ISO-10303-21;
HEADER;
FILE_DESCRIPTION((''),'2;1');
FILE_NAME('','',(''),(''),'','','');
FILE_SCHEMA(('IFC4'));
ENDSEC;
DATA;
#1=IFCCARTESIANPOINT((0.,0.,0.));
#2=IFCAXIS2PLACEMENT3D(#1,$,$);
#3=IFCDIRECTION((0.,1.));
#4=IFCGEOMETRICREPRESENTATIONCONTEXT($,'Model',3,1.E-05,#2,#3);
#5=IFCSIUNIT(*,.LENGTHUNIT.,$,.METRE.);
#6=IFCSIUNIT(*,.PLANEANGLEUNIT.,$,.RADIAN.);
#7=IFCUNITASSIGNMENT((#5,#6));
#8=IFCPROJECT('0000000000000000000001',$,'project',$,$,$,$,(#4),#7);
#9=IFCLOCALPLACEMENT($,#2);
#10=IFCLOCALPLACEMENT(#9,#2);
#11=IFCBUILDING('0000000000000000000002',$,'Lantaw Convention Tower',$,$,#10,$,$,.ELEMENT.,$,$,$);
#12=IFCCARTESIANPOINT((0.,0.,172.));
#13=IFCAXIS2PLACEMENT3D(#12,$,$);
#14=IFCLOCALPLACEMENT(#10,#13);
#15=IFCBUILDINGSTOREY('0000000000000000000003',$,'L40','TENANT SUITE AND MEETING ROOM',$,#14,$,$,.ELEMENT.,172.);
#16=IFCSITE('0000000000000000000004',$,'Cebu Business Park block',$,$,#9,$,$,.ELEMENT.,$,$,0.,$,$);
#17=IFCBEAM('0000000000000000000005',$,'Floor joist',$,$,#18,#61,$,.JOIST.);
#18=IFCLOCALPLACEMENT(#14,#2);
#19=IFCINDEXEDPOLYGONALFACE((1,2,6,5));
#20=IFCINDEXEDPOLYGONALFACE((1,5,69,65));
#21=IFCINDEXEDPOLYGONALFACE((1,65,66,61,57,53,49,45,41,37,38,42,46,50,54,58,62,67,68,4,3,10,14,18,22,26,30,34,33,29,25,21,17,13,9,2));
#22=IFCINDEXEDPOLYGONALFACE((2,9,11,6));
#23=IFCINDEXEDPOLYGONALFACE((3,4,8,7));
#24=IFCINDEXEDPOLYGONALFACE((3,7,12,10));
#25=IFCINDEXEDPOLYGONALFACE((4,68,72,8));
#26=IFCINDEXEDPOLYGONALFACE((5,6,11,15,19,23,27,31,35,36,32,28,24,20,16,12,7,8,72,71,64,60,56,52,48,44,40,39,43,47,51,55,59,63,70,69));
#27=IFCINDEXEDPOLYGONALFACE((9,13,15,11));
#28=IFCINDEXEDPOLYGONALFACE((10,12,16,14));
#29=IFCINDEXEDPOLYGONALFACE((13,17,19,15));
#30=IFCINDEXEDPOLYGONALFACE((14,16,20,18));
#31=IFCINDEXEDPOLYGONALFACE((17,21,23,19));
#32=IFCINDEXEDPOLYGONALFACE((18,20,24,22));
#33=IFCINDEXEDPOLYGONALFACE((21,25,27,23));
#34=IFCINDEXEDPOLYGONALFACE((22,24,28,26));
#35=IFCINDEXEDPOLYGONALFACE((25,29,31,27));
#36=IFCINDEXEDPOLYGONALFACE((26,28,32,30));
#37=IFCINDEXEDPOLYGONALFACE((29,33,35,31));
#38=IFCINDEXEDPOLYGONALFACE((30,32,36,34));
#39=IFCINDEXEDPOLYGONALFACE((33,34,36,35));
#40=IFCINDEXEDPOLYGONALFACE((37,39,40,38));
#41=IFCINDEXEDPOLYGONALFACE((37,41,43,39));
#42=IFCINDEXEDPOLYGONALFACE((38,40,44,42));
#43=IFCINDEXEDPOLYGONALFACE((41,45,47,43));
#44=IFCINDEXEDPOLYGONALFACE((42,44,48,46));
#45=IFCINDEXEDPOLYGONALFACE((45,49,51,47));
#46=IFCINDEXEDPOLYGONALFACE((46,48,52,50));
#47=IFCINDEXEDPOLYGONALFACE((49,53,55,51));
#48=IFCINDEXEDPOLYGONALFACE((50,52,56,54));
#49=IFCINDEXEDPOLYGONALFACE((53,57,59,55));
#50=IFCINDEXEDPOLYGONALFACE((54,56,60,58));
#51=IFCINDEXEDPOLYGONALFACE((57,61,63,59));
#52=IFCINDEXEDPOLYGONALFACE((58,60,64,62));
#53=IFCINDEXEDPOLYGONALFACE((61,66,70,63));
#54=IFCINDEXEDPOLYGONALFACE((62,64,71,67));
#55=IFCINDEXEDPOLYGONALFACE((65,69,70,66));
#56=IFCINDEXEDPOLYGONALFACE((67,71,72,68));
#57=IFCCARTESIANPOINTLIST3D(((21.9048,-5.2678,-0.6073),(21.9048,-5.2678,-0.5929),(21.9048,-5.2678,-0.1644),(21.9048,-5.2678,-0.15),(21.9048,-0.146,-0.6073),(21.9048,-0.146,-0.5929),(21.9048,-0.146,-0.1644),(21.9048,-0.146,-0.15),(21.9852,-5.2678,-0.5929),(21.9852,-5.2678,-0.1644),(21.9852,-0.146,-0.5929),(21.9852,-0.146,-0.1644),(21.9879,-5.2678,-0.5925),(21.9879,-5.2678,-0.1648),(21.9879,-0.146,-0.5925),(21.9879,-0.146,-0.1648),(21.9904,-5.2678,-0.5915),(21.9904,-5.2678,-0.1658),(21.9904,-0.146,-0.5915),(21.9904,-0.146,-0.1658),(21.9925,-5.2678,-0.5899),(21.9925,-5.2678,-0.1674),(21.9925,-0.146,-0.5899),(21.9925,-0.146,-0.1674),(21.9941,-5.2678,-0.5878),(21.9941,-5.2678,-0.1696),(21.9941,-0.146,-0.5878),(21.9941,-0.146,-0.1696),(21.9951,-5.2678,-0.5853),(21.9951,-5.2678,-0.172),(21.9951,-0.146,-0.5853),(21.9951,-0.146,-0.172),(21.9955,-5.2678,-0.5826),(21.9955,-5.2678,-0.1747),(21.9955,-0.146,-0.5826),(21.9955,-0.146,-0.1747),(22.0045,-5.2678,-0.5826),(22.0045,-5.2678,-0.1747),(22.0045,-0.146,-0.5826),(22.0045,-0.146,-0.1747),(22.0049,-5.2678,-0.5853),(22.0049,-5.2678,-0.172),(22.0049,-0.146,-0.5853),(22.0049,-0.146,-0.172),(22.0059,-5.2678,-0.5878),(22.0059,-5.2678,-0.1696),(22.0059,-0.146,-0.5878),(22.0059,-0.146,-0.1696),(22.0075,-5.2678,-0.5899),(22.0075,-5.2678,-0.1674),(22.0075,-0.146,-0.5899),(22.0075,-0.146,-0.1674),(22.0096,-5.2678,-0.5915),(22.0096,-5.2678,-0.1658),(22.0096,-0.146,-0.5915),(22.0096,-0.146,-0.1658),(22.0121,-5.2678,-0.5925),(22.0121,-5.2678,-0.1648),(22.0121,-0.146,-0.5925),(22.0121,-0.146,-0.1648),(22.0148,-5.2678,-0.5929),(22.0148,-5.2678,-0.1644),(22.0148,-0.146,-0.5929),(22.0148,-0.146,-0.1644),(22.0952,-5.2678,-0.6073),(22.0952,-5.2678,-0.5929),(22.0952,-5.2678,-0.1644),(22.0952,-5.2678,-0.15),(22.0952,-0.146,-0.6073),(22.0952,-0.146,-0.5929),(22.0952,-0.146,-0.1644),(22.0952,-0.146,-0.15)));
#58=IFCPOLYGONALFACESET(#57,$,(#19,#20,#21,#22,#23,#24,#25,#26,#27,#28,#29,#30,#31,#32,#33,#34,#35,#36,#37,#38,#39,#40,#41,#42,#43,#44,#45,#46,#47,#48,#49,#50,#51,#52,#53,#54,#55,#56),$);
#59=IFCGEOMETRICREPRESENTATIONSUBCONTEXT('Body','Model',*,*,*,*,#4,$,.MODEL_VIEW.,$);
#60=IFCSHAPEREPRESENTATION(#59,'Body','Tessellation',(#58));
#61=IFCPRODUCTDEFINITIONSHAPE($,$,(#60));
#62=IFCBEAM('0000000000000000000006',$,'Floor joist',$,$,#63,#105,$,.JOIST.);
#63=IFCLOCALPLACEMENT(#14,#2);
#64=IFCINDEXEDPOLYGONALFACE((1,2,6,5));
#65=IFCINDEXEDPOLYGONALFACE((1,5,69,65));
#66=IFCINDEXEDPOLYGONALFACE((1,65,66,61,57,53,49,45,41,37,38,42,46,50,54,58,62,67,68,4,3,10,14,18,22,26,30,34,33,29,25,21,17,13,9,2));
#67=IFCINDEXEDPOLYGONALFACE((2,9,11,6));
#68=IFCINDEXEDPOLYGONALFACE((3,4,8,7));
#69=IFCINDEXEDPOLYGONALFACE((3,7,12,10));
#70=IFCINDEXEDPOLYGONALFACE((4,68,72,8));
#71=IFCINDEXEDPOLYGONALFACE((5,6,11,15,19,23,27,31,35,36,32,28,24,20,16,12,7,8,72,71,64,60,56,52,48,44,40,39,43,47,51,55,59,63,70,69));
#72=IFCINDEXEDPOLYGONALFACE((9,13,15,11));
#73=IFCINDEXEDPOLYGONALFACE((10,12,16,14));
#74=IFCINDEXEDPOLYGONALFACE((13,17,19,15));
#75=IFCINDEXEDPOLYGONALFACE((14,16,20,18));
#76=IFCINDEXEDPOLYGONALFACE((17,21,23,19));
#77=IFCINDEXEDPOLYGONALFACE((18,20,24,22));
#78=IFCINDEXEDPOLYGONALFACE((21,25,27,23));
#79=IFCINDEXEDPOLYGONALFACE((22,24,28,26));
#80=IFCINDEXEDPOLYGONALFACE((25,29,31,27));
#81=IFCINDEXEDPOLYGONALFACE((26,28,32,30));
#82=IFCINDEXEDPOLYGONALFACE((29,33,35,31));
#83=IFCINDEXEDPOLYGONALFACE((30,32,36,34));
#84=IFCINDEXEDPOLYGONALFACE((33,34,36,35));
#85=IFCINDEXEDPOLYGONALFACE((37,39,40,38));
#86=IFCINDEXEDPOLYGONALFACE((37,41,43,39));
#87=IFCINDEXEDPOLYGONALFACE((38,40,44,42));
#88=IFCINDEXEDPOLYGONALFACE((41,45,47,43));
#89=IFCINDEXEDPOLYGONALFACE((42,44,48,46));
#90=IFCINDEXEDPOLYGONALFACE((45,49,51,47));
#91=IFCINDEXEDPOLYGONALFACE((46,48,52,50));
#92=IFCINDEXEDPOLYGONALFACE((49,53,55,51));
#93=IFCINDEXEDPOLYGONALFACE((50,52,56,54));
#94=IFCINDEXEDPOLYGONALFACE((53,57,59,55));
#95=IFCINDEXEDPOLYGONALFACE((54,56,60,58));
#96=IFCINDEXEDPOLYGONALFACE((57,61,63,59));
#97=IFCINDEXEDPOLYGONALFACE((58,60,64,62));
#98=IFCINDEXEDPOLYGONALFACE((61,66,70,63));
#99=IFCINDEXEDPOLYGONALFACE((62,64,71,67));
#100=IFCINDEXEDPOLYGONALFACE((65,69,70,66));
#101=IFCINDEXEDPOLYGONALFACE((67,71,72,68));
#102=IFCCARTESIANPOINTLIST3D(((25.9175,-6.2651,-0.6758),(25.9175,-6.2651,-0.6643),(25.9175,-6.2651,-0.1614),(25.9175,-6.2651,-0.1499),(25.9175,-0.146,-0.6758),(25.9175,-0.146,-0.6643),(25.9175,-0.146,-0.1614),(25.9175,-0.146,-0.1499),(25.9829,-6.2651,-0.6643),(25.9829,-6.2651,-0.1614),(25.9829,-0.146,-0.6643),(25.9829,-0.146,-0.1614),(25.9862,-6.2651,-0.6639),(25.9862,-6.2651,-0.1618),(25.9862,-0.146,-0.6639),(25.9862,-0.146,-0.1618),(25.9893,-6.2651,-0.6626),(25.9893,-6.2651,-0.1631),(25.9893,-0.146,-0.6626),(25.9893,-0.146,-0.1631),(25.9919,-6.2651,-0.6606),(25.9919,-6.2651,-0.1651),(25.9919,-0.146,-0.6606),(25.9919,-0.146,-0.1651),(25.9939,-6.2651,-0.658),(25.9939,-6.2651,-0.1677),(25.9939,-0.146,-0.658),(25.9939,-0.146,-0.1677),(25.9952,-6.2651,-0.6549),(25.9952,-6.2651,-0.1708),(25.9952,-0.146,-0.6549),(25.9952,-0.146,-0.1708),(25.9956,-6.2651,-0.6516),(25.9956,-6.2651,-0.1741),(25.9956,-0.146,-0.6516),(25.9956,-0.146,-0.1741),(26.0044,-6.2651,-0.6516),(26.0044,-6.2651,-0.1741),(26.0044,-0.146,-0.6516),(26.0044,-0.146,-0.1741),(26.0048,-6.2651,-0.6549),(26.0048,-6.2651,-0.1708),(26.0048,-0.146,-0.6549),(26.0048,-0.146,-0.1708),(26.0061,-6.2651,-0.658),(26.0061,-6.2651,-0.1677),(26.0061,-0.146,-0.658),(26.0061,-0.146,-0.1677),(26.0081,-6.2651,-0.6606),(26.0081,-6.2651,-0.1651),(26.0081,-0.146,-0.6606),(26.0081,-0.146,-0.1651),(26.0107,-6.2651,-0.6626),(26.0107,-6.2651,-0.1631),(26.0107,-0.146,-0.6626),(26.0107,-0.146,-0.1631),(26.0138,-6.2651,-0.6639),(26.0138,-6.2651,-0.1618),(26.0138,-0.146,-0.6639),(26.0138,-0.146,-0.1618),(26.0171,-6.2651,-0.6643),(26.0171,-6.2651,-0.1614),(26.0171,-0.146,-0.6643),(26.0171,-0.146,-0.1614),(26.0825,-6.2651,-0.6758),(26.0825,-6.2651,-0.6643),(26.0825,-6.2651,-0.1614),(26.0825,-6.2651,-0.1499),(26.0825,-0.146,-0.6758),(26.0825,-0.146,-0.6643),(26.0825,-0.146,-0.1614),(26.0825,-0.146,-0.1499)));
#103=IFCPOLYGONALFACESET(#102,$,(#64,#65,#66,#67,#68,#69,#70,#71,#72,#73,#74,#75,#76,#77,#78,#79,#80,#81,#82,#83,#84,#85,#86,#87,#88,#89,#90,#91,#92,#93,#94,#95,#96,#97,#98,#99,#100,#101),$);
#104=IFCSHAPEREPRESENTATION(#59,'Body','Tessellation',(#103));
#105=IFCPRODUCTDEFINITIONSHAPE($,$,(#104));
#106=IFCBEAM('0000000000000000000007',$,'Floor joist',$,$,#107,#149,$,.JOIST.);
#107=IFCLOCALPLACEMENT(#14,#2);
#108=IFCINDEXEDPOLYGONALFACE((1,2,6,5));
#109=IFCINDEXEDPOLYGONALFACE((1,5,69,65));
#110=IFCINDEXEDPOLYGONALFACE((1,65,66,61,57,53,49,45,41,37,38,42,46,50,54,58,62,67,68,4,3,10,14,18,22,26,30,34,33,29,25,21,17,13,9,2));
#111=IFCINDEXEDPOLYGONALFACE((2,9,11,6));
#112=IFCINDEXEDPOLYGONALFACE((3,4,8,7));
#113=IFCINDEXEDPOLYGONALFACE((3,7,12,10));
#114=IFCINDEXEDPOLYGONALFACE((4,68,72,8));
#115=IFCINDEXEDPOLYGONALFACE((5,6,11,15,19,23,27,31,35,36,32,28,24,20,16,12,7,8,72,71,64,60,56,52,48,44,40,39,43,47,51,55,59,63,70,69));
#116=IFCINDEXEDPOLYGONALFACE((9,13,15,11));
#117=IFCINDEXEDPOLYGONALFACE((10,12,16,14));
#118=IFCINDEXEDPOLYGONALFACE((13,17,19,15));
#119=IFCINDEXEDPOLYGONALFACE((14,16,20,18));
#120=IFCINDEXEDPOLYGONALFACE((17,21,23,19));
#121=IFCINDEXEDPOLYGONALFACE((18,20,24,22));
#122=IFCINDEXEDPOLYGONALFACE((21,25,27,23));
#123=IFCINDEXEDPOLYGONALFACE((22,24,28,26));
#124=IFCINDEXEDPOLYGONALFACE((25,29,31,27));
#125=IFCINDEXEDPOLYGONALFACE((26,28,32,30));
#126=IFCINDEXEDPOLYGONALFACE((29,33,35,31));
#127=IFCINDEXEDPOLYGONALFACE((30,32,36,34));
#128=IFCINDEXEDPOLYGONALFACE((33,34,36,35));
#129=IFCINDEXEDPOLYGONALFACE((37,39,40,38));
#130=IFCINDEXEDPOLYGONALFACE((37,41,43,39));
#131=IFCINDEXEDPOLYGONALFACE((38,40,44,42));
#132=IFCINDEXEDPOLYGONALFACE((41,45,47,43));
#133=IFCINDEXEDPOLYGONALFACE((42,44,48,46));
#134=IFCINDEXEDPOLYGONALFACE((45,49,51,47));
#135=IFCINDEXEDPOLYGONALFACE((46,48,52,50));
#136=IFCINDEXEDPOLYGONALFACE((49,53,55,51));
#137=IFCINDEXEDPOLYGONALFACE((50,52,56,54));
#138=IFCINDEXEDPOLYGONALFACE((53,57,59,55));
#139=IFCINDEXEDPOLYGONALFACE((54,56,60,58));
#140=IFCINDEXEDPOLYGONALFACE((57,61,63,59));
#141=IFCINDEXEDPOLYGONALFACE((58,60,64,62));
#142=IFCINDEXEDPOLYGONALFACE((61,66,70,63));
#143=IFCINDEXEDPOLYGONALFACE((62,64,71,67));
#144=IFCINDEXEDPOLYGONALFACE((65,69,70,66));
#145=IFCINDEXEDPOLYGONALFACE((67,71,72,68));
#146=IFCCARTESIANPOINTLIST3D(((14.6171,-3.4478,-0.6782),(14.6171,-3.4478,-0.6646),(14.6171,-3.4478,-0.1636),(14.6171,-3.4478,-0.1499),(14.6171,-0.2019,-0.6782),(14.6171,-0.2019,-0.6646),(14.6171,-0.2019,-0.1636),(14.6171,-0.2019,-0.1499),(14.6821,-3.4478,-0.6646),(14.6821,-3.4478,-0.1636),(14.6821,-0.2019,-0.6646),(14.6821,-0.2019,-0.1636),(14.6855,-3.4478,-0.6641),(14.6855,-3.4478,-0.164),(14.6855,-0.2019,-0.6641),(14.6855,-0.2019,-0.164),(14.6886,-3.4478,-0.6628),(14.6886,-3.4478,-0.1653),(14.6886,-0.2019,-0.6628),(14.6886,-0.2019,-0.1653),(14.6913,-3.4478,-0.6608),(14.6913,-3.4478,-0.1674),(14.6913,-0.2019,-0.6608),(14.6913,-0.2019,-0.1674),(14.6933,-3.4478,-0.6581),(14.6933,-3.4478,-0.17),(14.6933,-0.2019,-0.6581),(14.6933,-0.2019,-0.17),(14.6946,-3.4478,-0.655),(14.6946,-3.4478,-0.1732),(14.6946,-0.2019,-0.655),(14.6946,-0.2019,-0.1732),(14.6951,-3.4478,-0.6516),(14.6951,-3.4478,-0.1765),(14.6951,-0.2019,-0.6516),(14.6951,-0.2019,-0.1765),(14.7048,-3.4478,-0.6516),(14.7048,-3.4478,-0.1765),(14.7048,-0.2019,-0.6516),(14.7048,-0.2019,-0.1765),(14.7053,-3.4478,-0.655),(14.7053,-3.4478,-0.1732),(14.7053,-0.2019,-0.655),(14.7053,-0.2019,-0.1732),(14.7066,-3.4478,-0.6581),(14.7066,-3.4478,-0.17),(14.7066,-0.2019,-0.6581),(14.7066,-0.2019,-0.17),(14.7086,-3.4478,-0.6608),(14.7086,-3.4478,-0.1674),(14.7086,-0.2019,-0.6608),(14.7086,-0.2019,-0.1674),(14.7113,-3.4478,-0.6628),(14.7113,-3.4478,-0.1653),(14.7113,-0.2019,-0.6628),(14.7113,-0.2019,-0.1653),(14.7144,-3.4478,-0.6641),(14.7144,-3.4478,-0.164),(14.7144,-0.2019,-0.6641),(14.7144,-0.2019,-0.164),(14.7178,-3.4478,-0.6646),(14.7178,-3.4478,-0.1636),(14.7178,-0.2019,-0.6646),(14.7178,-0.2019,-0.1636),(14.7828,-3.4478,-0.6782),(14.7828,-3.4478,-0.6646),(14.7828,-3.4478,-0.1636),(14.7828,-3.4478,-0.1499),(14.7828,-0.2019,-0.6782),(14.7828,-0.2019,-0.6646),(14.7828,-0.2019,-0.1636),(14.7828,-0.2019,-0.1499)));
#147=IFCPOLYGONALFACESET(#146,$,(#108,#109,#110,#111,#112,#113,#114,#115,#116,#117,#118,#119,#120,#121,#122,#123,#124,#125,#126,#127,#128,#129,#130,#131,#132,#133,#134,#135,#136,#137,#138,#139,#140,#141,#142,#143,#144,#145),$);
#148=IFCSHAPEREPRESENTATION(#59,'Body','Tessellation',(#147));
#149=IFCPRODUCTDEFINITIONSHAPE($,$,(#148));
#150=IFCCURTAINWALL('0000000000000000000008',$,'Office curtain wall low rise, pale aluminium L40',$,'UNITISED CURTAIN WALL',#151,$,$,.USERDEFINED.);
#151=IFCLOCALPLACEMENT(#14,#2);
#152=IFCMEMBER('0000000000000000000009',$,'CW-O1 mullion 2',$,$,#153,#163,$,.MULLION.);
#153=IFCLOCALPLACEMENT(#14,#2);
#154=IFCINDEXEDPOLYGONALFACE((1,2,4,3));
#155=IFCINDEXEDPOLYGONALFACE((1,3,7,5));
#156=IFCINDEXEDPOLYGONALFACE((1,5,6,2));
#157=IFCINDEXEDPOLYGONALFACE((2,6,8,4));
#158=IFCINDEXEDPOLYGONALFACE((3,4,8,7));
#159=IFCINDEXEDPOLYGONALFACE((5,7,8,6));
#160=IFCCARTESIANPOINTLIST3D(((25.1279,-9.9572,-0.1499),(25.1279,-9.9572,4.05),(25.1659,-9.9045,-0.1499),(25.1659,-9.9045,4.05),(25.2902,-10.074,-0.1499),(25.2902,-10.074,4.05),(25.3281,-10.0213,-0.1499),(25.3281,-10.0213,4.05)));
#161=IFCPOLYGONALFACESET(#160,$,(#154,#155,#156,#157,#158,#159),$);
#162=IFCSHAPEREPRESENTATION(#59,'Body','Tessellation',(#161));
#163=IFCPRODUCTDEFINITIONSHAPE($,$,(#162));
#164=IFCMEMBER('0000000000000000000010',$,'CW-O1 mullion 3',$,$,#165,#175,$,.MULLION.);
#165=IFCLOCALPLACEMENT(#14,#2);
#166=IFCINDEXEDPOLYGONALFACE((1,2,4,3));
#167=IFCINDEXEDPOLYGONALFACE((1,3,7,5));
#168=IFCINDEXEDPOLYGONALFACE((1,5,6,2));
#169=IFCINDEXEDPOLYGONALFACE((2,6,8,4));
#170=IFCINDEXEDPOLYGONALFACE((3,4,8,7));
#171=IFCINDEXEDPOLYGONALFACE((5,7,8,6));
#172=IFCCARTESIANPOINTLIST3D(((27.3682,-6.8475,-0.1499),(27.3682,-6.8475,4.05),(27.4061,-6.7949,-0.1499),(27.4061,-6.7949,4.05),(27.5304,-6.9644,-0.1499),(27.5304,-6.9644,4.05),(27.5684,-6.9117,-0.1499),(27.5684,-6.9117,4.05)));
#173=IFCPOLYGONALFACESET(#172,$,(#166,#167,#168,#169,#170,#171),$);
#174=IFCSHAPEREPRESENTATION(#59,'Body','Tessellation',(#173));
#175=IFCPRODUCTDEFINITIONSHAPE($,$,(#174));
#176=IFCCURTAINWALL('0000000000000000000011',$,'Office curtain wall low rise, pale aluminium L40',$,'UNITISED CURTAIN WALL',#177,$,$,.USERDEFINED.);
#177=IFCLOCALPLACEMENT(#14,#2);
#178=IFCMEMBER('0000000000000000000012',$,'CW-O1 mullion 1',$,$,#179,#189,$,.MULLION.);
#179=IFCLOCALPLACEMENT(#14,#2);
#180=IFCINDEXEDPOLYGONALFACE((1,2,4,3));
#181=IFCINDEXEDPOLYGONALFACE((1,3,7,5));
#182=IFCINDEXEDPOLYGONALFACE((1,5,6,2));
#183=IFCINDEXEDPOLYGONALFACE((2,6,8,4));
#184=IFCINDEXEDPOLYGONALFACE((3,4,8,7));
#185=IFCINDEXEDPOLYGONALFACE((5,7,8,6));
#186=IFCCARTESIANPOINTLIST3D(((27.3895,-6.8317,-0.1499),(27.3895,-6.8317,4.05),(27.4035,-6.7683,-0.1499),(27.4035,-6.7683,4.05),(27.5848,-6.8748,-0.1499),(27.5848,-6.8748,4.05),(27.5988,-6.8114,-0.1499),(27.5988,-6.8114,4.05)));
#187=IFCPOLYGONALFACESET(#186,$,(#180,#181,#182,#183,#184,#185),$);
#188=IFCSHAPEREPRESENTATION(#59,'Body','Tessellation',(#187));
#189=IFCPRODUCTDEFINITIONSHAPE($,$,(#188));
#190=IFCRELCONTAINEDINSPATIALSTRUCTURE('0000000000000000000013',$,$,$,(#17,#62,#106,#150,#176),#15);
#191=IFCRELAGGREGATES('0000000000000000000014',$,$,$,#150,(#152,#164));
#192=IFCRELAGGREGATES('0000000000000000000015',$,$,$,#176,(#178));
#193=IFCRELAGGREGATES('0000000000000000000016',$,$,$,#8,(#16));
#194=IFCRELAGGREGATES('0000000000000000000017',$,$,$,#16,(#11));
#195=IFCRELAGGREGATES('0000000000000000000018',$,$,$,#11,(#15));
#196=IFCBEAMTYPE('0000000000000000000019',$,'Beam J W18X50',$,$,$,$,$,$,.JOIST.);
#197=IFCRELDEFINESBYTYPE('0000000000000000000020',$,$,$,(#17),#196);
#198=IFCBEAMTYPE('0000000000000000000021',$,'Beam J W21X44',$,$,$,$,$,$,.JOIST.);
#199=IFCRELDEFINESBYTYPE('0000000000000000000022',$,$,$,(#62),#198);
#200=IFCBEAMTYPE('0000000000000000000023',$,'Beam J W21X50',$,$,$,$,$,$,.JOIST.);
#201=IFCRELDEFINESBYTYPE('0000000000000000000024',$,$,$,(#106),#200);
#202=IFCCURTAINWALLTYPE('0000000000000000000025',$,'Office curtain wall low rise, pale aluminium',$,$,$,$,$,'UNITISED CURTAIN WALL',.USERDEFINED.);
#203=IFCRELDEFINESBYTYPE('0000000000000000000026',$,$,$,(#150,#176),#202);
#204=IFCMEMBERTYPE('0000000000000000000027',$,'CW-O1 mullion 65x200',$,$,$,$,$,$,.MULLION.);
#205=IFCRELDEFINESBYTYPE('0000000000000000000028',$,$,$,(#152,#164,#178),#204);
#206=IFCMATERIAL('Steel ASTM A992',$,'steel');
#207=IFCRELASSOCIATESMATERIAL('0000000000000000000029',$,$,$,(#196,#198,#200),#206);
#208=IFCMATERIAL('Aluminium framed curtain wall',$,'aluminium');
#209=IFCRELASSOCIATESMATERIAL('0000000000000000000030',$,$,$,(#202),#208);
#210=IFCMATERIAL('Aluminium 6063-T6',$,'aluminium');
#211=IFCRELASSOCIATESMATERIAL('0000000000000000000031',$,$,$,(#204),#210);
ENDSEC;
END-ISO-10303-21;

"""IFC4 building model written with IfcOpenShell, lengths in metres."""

from ifc_helpers import new_model, si_unit, direction, frame, origin, origin_2d, place, context, subcontext, project, spatial, rectangle, i_section, extrude, material, material_profile, profile_set, type_object, element, aggregate, save


model = new_model("IFC4")

# Units and contexts
model_context = context("Model", 3, precision=1e-05, world=origin(), true_north=direction((0.0, 1.0)))
body_context = subcontext(model_context, "Body", "Model", "MODEL_VIEW")
ifc_project = project(units=[si_unit("LENGTHUNIT", "METRE"), si_unit("PLANEANGLEUNIT", "RADIAN")], contexts=[model_context])

# Site, building, storey
site_placement = place(None, origin())
site = spatial("IfcSite", under=ifc_project, at=site_placement, Name="Cebu Business Park block", CompositionType="ELEMENT", RefElevation=0.0)
building_placement = place(site_placement, origin())
building = spatial("IfcBuilding", under=site, at=building_placement, Name="Lantaw Convention Tower", CompositionType="ELEMENT")
storey_placement = place(building_placement, frame((0.0, 0.0, 172.0)))
storey = spatial("IfcBuildingStorey", under=building, at=storey_placement, Name="L40", Description="TENANT SUITE AND MEETING ROOM", CompositionType="ELEMENT", Elevation=172.0)

# Beams
ifc_material_1 = material(Name="Steel ASTM A992", Category="steel")
ifc_material_profile_1 = material_profile(ifc_material_1, i_section(OverallWidth=0.1904, OverallDepth=0.4573, WebThickness=0.009, FlangeThickness=0.0144, FilletRadius=0.0103, at=origin_2d()), Name="W18X50")
ifc_profile_set_1 = profile_set([ifc_material_profile_1], Name="Steel ASTM A992")
beam_type_1 = type_object("IfcBeamType", Name="Beam J W18X50", PredefinedType="JOIST", material=ifc_profile_set_1)
beam_1_placement = place(storey_placement, frame((22.0, -5.2678, -0.3787), z_axis=(0.0, 1.0, 0.0), x_axis=(-1.0, 0.0, 0.0)))
element("IfcBeam", 1, at=beam_1_placement, inside=storey, type_object=beam_type_1, Name="Floor joist", PredefinedType="JOIST", context=body_context, shape_type="SweptSolid", body=[
    extrude(i_section(OverallWidth=0.1904, OverallDepth=0.4573, WebThickness=0.009, FlangeThickness=0.0144, FilletRadius=0.0103, at=origin_2d()), origin(), (0.0, 0.0, 1.0), 5.1218),
])
ifc_material_profile_2 = material_profile(ifc_material_1, i_section(OverallWidth=0.165, OverallDepth=0.5259, WebThickness=0.0088, FlangeThickness=0.0115, FilletRadius=0.0127, at=origin_2d()), Name="W21X44")
ifc_profile_set_2 = profile_set([ifc_material_profile_2], Name="Steel ASTM A992")
beam_type_2 = type_object("IfcBeamType", Name="Beam J W21X44", PredefinedType="JOIST", material=ifc_profile_set_2)
beam_2_placement = place(storey_placement, frame((26.0, -6.2651, -0.4128), z_axis=(0.0, 1.0, 0.0), x_axis=(-1.0, 0.0, 0.0)))
element("IfcBeam", 2, at=beam_2_placement, inside=storey, type_object=beam_type_2, Name="Floor joist", PredefinedType="JOIST", context=body_context, shape_type="SweptSolid", body=[
    extrude(i_section(OverallWidth=0.165, OverallDepth=0.5259, WebThickness=0.0088, FlangeThickness=0.0115, FilletRadius=0.0127, at=origin_2d()), origin(), (0.0, 0.0, 1.0), 6.1191),
])
ifc_material_profile_3 = material_profile(ifc_material_1, i_section(OverallWidth=0.1658, OverallDepth=0.5283, WebThickness=0.0098, FlangeThickness=0.0137, FilletRadius=0.0129, at=origin_2d()), Name="W21X50")
ifc_profile_set_3 = profile_set([ifc_material_profile_3], Name="Steel ASTM A992")
beam_type_3 = type_object("IfcBeamType", Name="Beam J W21X50", PredefinedType="JOIST", material=ifc_profile_set_3)
beam_3_placement = place(storey_placement, frame((14.7, -3.4478, -0.4141), z_axis=(0.0, 1.0, 0.0), x_axis=(-1.0, 0.0, 0.0)))
element("IfcBeam", 3, at=beam_3_placement, inside=storey, type_object=beam_type_3, Name="Floor joist", PredefinedType="JOIST", context=body_context, shape_type="SweptSolid", body=[
    extrude(i_section(OverallWidth=0.1658, OverallDepth=0.5283, WebThickness=0.0098, FlangeThickness=0.0137, FilletRadius=0.0129, at=origin_2d()), origin(), (0.0, 0.0, 1.0), 3.2458),
])

# Curtain walls, members
ifc_material_2 = material(Name="Aluminium framed curtain wall", Category="aluminium")
curtain_wall_type = type_object("IfcCurtainWallType", Name="Office curtain wall low rise, pale aluminium", ElementType="UNITISED CURTAIN WALL", PredefinedType="USERDEFINED", material=ifc_material_2)
curtain_wall_1_placement = place(storey_placement, origin())
curtain_wall_1 = element("IfcCurtainWall", 4, at=curtain_wall_1_placement, inside=storey, type_object=curtain_wall_type, Name="Office curtain wall low rise, pale aluminium L40", ObjectType="UNITISED CURTAIN WALL", PredefinedType="USERDEFINED")
ifc_material_3 = material(Name="Aluminium 6063-T6", Category="aluminium")
ifc_material_profile_4 = material_profile(ifc_material_3, rectangle(XDim=0.2, YDim=0.0649, at=origin_2d()), Name="CW-O1 mullion 65x200")
ifc_profile_set_4 = profile_set([ifc_material_profile_4], Name="Aluminium 6063-T6")
member_type_1 = type_object("IfcMemberType", Name="CW-O1 mullion 65x200", PredefinedType="MULLION", material=ifc_profile_set_4)
member_1_placement = place(storey_placement, frame((25.228, -9.9893, -0.1499), z_axis=(0.0, 0.0, 1.0), x_axis=(-0.811385, 0.584513, 0.0)))
member_1 = element("IfcMember", 5, at=member_1_placement, type_object=member_type_1, Name="CW-O1 mullion 2", PredefinedType="MULLION", context=body_context, shape_type="SweptSolid", body=[
    extrude(rectangle(XDim=0.2, YDim=0.0649, at=origin_2d()), origin(), (0.0, 0.0, 1.0), 4.2),
])
member_2_placement = place(storey_placement, frame((27.4683, -6.8796, -0.1499), z_axis=(0.0, 0.0, 1.0), x_axis=(-0.811385, 0.584513, 0.0)))
member_2 = element("IfcMember", 6, at=member_2_placement, type_object=member_type_1, Name="CW-O1 mullion 3", PredefinedType="MULLION", context=body_context, shape_type="SweptSolid", body=[
    extrude(rectangle(XDim=0.2, YDim=0.0649, at=origin_2d()), origin(), (0.0, 0.0, 1.0), 4.2),
])
curtain_wall_2_placement = place(storey_placement, origin())
curtain_wall_2 = element("IfcCurtainWall", 7, at=curtain_wall_2_placement, inside=storey, type_object=curtain_wall_type, Name="Office curtain wall low rise, pale aluminium L40", ObjectType="UNITISED CURTAIN WALL", PredefinedType="USERDEFINED")
member_3_placement = place(storey_placement, frame((27.4941, -6.8215, -0.1499), z_axis=(0.0, 0.0, 1.0), x_axis=(-0.976494, 0.215546, 0.0)))
member_3 = element("IfcMember", 8, at=member_3_placement, type_object=member_type_1, Name="CW-O1 mullion 1", PredefinedType="MULLION", context=body_context, shape_type="SweptSolid", body=[
    extrude(rectangle(XDim=0.2, YDim=0.0649, at=origin_2d()), origin(), (0.0, 0.0, 1.0), 4.2),
])

aggregate(curtain_wall_1, [member_1, member_2])
aggregate(curtain_wall_2, [member_3])

save(model, "model.ifc")
